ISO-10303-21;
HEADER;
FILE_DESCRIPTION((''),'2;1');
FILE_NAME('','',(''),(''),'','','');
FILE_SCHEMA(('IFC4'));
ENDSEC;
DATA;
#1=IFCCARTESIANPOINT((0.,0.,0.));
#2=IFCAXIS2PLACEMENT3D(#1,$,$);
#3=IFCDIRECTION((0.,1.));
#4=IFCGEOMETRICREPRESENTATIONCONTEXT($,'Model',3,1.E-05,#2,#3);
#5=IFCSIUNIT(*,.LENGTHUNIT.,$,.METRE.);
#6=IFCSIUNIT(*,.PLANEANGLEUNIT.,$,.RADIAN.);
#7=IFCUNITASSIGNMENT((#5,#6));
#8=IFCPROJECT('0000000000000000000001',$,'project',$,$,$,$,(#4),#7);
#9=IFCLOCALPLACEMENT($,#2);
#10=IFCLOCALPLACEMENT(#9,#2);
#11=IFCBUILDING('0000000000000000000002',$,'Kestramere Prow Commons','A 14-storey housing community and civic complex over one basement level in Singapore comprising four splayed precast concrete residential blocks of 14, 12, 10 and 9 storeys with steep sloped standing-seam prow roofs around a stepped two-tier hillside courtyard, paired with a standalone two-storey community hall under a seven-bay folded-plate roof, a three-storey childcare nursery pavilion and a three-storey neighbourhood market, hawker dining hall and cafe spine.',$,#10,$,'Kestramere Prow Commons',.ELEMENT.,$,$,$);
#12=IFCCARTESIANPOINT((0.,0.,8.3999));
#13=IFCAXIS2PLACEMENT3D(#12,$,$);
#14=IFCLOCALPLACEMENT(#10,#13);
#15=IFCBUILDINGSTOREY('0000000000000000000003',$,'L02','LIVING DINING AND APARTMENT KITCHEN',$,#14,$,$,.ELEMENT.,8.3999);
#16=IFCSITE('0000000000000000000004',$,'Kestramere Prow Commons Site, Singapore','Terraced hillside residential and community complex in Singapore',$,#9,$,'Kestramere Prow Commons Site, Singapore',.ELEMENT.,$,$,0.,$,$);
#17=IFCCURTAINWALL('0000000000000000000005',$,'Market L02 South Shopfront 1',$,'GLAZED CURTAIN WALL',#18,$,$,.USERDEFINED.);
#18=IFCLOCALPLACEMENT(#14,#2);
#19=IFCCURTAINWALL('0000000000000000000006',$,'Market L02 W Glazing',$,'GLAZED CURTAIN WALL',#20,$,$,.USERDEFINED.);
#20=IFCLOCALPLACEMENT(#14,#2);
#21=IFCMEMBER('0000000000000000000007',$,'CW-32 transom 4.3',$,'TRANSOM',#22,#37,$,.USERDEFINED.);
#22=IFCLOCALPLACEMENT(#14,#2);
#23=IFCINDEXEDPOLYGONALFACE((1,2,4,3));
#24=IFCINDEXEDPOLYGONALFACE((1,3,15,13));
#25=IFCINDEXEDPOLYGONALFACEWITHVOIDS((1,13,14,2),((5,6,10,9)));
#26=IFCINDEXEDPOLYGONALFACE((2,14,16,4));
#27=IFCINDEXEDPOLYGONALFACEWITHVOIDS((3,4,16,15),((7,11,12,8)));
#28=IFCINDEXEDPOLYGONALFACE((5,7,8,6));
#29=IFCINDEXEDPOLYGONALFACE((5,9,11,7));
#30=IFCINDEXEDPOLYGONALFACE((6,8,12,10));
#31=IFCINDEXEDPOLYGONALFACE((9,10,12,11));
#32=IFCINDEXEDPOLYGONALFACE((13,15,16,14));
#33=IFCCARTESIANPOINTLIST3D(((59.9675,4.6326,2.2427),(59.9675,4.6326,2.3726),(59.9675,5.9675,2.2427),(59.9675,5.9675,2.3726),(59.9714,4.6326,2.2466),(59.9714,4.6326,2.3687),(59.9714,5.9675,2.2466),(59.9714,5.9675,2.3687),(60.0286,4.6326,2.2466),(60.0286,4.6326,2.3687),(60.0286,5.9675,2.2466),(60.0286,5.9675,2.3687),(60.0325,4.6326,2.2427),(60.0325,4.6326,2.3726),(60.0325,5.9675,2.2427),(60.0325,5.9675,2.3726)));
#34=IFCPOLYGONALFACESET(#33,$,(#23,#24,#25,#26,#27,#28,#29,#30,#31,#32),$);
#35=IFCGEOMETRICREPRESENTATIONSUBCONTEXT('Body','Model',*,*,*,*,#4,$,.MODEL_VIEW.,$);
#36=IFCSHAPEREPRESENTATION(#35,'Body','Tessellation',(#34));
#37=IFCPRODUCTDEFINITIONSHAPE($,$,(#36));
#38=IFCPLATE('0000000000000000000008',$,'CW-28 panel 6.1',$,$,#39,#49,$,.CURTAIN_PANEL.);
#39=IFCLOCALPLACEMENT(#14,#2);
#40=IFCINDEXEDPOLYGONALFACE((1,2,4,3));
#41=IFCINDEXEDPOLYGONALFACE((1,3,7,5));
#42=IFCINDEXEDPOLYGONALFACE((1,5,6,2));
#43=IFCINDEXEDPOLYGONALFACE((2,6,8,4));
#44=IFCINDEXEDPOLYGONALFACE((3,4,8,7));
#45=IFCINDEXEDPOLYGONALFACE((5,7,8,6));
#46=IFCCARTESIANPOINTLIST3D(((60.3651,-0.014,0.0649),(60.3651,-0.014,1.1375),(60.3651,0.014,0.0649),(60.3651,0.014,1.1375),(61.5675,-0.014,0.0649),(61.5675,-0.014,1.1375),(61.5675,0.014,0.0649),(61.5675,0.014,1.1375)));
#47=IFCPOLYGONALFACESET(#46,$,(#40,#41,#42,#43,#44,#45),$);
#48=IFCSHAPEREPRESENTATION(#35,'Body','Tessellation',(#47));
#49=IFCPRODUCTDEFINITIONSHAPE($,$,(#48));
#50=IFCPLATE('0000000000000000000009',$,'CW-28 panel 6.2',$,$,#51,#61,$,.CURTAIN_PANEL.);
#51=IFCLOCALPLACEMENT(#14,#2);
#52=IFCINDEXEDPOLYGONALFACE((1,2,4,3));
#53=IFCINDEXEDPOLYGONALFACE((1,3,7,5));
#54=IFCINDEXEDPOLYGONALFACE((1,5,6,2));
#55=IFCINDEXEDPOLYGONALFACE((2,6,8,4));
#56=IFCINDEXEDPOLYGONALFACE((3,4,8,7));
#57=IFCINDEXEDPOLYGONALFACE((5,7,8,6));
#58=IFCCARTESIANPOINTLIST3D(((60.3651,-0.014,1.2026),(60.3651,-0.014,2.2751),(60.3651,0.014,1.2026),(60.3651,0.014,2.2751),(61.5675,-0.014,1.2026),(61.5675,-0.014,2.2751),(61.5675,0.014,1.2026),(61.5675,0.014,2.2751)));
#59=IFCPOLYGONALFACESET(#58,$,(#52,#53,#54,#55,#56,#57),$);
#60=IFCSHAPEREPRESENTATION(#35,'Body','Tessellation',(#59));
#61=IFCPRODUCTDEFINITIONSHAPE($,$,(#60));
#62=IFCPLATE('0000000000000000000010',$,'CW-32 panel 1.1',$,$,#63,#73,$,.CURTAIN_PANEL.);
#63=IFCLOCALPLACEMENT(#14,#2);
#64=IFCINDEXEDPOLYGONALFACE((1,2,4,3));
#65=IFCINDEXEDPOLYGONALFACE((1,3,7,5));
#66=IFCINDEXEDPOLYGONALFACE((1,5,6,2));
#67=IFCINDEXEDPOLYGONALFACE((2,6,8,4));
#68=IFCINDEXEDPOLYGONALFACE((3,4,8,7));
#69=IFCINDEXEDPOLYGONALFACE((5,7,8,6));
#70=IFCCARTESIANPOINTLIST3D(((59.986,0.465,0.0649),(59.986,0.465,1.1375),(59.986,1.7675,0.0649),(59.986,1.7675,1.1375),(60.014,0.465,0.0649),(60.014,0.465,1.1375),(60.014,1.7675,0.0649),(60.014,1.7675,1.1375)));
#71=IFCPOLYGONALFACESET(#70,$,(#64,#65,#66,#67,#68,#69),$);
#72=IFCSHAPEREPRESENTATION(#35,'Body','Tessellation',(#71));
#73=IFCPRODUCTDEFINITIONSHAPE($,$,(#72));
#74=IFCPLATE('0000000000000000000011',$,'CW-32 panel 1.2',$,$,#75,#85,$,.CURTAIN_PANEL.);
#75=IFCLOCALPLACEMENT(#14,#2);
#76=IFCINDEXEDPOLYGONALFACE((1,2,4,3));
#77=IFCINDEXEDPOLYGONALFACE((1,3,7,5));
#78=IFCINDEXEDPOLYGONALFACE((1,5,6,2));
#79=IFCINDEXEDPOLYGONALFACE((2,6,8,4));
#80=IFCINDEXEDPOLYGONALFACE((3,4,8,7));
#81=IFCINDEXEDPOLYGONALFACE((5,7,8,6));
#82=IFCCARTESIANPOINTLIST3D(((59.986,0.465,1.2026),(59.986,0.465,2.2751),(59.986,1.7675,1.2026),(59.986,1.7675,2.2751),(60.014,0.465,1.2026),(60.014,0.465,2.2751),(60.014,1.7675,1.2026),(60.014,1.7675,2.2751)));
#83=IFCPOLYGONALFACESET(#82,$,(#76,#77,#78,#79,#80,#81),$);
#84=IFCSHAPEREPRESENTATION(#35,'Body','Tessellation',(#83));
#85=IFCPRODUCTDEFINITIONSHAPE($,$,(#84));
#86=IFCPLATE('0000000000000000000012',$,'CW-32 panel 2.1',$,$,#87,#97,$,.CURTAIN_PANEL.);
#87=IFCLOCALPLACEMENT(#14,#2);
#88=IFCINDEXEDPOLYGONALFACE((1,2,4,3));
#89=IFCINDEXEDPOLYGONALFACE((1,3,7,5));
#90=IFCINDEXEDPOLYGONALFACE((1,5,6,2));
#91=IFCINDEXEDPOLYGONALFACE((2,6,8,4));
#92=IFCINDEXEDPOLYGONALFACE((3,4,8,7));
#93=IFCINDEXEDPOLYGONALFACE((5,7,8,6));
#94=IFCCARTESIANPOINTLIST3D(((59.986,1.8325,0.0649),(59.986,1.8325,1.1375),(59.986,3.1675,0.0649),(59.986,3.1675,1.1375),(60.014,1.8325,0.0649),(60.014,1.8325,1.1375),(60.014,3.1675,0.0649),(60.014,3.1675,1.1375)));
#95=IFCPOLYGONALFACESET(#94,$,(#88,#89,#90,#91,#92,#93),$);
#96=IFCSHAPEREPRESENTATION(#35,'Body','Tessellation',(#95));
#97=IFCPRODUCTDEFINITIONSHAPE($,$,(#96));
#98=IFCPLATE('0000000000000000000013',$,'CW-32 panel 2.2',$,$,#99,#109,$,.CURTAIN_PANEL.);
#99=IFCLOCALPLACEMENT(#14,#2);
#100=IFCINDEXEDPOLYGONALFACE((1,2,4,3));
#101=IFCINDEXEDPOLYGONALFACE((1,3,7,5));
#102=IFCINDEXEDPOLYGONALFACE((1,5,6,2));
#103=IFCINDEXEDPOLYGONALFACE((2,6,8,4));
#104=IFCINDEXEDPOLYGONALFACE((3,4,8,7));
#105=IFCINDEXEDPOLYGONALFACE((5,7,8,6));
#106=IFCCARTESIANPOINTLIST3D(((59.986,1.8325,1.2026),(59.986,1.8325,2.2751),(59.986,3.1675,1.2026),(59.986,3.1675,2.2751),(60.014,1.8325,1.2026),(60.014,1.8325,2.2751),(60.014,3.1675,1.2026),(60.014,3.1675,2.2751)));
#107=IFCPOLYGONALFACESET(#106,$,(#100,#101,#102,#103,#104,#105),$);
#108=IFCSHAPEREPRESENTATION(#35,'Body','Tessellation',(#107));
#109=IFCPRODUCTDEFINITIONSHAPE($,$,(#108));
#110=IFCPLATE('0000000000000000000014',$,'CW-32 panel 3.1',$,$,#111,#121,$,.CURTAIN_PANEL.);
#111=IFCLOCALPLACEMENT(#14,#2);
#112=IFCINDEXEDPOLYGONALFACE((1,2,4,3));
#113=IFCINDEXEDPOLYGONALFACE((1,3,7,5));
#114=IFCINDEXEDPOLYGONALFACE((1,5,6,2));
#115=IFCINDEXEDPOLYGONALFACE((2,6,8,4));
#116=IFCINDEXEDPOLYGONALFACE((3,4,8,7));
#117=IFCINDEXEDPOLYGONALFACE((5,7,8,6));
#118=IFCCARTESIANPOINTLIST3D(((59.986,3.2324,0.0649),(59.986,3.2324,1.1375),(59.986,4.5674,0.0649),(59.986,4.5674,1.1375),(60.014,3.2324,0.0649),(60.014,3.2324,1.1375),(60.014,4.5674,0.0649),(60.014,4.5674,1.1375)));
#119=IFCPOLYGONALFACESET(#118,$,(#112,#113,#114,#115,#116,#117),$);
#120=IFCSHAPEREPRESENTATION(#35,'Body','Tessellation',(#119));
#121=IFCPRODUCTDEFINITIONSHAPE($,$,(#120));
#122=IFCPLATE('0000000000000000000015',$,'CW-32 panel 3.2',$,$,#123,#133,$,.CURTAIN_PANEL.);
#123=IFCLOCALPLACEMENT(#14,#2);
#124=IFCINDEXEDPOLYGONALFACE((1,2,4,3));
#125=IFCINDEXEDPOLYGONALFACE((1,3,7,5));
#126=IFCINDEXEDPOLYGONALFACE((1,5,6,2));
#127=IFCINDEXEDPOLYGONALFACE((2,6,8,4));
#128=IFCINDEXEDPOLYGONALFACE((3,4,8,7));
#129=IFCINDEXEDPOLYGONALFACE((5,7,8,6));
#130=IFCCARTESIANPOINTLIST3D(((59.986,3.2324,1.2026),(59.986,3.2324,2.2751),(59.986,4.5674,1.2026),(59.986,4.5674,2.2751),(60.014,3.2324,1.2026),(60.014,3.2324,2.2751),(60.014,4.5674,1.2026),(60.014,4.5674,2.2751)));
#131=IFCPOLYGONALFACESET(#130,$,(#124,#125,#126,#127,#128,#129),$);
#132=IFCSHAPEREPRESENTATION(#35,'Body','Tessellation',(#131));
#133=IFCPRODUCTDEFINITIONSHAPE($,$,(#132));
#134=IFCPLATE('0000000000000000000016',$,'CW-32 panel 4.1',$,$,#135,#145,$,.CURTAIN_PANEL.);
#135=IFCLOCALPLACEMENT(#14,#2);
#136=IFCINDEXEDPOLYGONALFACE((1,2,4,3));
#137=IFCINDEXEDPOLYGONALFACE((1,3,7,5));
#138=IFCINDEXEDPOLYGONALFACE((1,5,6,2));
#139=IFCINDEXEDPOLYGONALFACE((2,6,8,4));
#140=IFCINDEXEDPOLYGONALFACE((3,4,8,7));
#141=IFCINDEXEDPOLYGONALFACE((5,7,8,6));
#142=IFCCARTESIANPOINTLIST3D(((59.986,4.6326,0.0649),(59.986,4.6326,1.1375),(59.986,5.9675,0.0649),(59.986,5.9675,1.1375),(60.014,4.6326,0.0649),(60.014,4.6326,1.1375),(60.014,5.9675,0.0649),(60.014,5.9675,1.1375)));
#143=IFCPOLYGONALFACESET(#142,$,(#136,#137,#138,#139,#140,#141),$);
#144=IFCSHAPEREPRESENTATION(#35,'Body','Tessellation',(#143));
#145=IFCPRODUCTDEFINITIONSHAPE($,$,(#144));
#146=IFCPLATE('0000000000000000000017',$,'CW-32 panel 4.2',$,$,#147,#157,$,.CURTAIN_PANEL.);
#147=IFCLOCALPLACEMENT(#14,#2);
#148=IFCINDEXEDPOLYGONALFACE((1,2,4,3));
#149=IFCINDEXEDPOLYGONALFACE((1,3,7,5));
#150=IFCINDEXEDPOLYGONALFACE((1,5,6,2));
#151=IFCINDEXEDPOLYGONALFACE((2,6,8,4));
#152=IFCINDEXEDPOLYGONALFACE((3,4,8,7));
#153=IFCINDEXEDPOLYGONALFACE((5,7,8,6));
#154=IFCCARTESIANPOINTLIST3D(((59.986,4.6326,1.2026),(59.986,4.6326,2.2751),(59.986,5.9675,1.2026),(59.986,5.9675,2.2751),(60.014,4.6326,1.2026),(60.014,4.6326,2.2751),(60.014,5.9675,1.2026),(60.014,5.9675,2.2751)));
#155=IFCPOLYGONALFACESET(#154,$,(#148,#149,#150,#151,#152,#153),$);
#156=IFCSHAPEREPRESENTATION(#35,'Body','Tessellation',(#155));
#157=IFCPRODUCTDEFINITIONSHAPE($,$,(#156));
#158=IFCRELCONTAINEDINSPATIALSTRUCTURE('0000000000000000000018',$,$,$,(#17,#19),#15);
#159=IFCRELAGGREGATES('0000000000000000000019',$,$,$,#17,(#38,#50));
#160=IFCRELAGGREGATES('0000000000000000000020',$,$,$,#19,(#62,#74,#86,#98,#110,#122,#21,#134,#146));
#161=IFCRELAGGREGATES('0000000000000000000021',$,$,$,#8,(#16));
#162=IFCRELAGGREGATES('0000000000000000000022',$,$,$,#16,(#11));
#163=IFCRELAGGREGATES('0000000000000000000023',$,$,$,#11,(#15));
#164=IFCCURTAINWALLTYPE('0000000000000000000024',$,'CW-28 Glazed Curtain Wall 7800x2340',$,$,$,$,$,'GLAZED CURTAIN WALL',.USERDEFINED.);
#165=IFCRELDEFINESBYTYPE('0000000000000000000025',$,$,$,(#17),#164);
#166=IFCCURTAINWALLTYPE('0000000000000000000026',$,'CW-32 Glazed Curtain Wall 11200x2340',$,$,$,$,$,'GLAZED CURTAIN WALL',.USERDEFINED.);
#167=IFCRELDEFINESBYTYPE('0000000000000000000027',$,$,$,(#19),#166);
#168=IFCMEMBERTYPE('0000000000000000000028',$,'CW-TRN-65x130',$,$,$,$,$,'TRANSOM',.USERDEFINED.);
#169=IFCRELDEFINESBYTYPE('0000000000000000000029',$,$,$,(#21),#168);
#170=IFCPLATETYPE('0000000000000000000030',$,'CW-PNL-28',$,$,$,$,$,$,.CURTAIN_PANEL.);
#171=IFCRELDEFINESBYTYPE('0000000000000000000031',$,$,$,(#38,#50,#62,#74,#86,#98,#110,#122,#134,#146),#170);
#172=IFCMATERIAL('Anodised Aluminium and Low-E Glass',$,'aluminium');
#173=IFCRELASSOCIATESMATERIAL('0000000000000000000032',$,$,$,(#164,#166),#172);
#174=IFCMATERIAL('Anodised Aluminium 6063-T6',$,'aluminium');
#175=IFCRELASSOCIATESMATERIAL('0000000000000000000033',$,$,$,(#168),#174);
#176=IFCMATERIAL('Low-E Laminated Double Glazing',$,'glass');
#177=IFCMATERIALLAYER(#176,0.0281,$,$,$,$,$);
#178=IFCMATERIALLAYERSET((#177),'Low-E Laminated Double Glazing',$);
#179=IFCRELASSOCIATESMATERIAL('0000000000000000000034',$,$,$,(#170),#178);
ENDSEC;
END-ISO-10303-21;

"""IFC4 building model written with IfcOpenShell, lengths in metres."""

from ifc_helpers import new_model, si_unit, direction, frame, origin, origin_2d, place, context, subcontext, project, spatial, rectangle, hollow_rectangle, extrude, material, layer, layer_set, material_profile, profile_set, type_object, element, aggregate, save


model = new_model("IFC4")

# Units and contexts
model_context = context("Model", 3, precision=1e-05, world=origin(), true_north=direction((0.0, 1.0)))
body_context = subcontext(model_context, "Body", "Model", "MODEL_VIEW")
ifc_project = project(units=[si_unit("LENGTHUNIT", "METRE"), si_unit("PLANEANGLEUNIT", "RADIAN")], contexts=[model_context])

# Site, building, storey
site_placement = place(None, origin())
site = spatial("IfcSite", under=ifc_project, at=site_placement, Name="Kestramere Prow Commons Site, Singapore", Description="Terraced hillside residential and community complex in Singapore", LongName="Kestramere Prow Commons Site, Singapore", CompositionType="ELEMENT", RefElevation=0.0)
building_placement = place(site_placement, origin())
building = spatial("IfcBuilding", under=site, at=building_placement, Name="Kestramere Prow Commons", Description="A 14-storey housing community and civic complex over one basement level in Singapore comprising four splayed precast concrete residential blocks of 14, 12, 10 and 9 storeys with steep sloped standing-seam prow roofs around a stepped two-tier hillside courtyard, paired with a standalone two-storey community hall under a seven-bay folded-plate roof, a three-storey childcare nursery pavilion and a three-storey neighbourhood market, hawker dining hall and cafe spine.", LongName="Kestramere Prow Commons", CompositionType="ELEMENT")
storey_placement = place(building_placement, frame((0.0, 0.0, 8.3999)))
storey = spatial("IfcBuildingStorey", under=building, at=storey_placement, Name="L02", Description="LIVING DINING AND APARTMENT KITCHEN", CompositionType="ELEMENT", Elevation=8.3999)

# Curtain wall
ifc_material_1 = material(Name="Anodised Aluminium and Low-E Glass", Category="aluminium")
curtain_wall_type_1 = type_object("IfcCurtainWallType", Name="CW-28 Glazed Curtain Wall 7800x2340", ElementType="GLAZED CURTAIN WALL", PredefinedType="USERDEFINED", material=ifc_material_1)
curtain_wall_1_placement = place(storey_placement, origin())
curtain_wall_1 = element("IfcCurtainWall", 1, at=curtain_wall_1_placement, inside=storey, type_object=curtain_wall_type_1, Name="Market L02 South Shopfront 1", ObjectType="GLAZED CURTAIN WALL", PredefinedType="USERDEFINED")
ifc_material_2 = material(Name="Anodised Aluminium 6063-T6", Category="aluminium")

# Curtain wall
curtain_wall_type_2 = type_object("IfcCurtainWallType", Name="CW-32 Glazed Curtain Wall 11200x2340", ElementType="GLAZED CURTAIN WALL", PredefinedType="USERDEFINED", material=ifc_material_1)
curtain_wall_2_placement = place(storey_placement, origin())
curtain_wall_2 = element("IfcCurtainWall", 2, at=curtain_wall_2_placement, inside=storey, type_object=curtain_wall_type_2, Name="Market L02 W Glazing", ObjectType="GLAZED CURTAIN WALL", PredefinedType="USERDEFINED")

# Member
ifc_material_profile_1 = material_profile(ifc_material_2, hollow_rectangle(XDim=0.0649, YDim=0.1299, WallThickness=0.0039, at=origin_2d()), Name="ALU-TRN 65x130")
ifc_profile_set_1 = profile_set([ifc_material_profile_1], Name="Anodised Aluminium 6063-T6")
member_type_1 = type_object("IfcMemberType", Name="CW-TRN-65x130", ElementType="TRANSOM", PredefinedType="USERDEFINED", material=ifc_profile_set_1)
member_1_placement = place(storey_placement, frame((60.0, 4.6326, 2.3076), z_axis=(0.0, 1.0, 0.0), x_axis=(-1.0, 0.0, 0.0)))
member_1 = element("IfcMember", 3, at=member_1_placement, type_object=member_type_1, Name="CW-32 transom 4.3", ObjectType="TRANSOM", PredefinedType="USERDEFINED", context=body_context, shape_type="SweptSolid", body=[
    extrude(hollow_rectangle(XDim=0.0649, YDim=0.1299, WallThickness=0.0039, at=origin_2d()), origin(), (0.0, 0.0, 1.0), 1.335),
])

# Plates
ifc_material_3 = material(Name="Low-E Laminated Double Glazing", Category="glass")
ifc_layer = layer(ifc_material_3, 0.0281)
ifc_layer_set = layer_set([ifc_layer], Name="Low-E Laminated Double Glazing")
plate_type = type_object("IfcPlateType", Name="CW-PNL-28", PredefinedType="CURTAIN_PANEL", material=ifc_layer_set)
plate_1_placement = place(storey_placement, frame((60.9663, 0.0, 0.0649), z_axis=(0.0, 0.0, 1.0), x_axis=(-1.0, 0.0, 0.0)))
plate_1 = element("IfcPlate", 4, at=plate_1_placement, type_object=plate_type, Name="CW-28 panel 6.1", PredefinedType="CURTAIN_PANEL", context=body_context, shape_type="SweptSolid", body=[
    extrude(rectangle(XDim=1.2024, YDim=0.0281, at=origin_2d()), origin(), (0.0, 0.0, 1.0), 1.0725),
])
plate_2_placement = place(storey_placement, frame((60.9663, 0.0, 1.2026), z_axis=(0.0, 0.0, 1.0), x_axis=(-1.0, 0.0, 0.0)))
plate_2 = element("IfcPlate", 5, at=plate_2_placement, type_object=plate_type, Name="CW-28 panel 6.2", PredefinedType="CURTAIN_PANEL", context=body_context, shape_type="SweptSolid", body=[
    extrude(rectangle(XDim=1.2024, YDim=0.0281, at=origin_2d()), origin(), (0.0, 0.0, 1.0), 1.0725),
])
aggregate(curtain_wall_1, [plate_1, plate_2])
plate_3_placement = place(storey_placement, frame((60.0, 1.1162, 0.0649), z_axis=(0.0, 0.0, 1.0), x_axis=(0.0, 1.0, 0.0)))
plate_3 = element("IfcPlate", 6, at=plate_3_placement, type_object=plate_type, Name="CW-32 panel 1.1", PredefinedType="CURTAIN_PANEL", context=body_context, shape_type="SweptSolid", body=[
    extrude(rectangle(XDim=1.3025, YDim=0.0281, at=origin_2d()), origin(), (0.0, 0.0, 1.0), 1.0725),
])
plate_4_placement = place(storey_placement, frame((60.0, 1.1162, 1.2026), z_axis=(0.0, 0.0, 1.0), x_axis=(0.0, 1.0, 0.0)))
plate_4 = element("IfcPlate", 7, at=plate_4_placement, type_object=plate_type, Name="CW-32 panel 1.2", PredefinedType="CURTAIN_PANEL", context=body_context, shape_type="SweptSolid", body=[
    extrude(rectangle(XDim=1.3025, YDim=0.0281, at=origin_2d()), origin(), (0.0, 0.0, 1.0), 1.0725),
])
plate_5_placement = place(storey_placement, frame((60.0, 2.5, 0.0649), z_axis=(0.0, 0.0, 1.0), x_axis=(0.0, 1.0, 0.0)))
plate_5 = element("IfcPlate", 8, at=plate_5_placement, type_object=plate_type, Name="CW-32 panel 2.1", PredefinedType="CURTAIN_PANEL", context=body_context, shape_type="SweptSolid", body=[
    extrude(rectangle(XDim=1.335, YDim=0.0281, at=origin_2d()), origin(), (0.0, 0.0, 1.0), 1.0725),
])
plate_6_placement = place(storey_placement, frame((60.0, 2.5, 1.2026), z_axis=(0.0, 0.0, 1.0), x_axis=(0.0, 1.0, 0.0)))
plate_6 = element("IfcPlate", 9, at=plate_6_placement, type_object=plate_type, Name="CW-32 panel 2.2", PredefinedType="CURTAIN_PANEL", context=body_context, shape_type="SweptSolid", body=[
    extrude(rectangle(XDim=1.335, YDim=0.0281, at=origin_2d()), origin(), (0.0, 0.0, 1.0), 1.0725),
])
plate_7_placement = place(storey_placement, frame((60.0, 3.8999, 0.0649), z_axis=(0.0, 0.0, 1.0), x_axis=(0.0, 1.0, 0.0)))
plate_7 = element("IfcPlate", 10, at=plate_7_placement, type_object=plate_type, Name="CW-32 panel 3.1", PredefinedType="CURTAIN_PANEL", context=body_context, shape_type="SweptSolid", body=[
    extrude(rectangle(XDim=1.335, YDim=0.0281, at=origin_2d()), origin(), (0.0, 0.0, 1.0), 1.0725),
])
plate_8_placement = place(storey_placement, frame((60.0, 3.8999, 1.2026), z_axis=(0.0, 0.0, 1.0), x_axis=(0.0, 1.0, 0.0)))
plate_8 = element("IfcPlate", 11, at=plate_8_placement, type_object=plate_type, Name="CW-32 panel 3.2", PredefinedType="CURTAIN_PANEL", context=body_context, shape_type="SweptSolid", body=[
    extrude(rectangle(XDim=1.335, YDim=0.0281, at=origin_2d()), origin(), (0.0, 0.0, 1.0), 1.0725),
])
plate_9_placement = place(storey_placement, frame((60.0, 5.3, 0.0649), z_axis=(0.0, 0.0, 1.0), x_axis=(0.0, 1.0, 0.0)))
plate_9 = element("IfcPlate", 12, at=plate_9_placement, type_object=plate_type, Name="CW-32 panel 4.1", PredefinedType="CURTAIN_PANEL", context=body_context, shape_type="SweptSolid", body=[
    extrude(rectangle(XDim=1.335, YDim=0.0281, at=origin_2d()), origin(), (0.0, 0.0, 1.0), 1.0725),
])
plate_10_placement = place(storey_placement, frame((60.0, 5.3, 1.2026), z_axis=(0.0, 0.0, 1.0), x_axis=(0.0, 1.0, 0.0)))
plate_10 = element("IfcPlate", 13, at=plate_10_placement, type_object=plate_type, Name="CW-32 panel 4.2", PredefinedType="CURTAIN_PANEL", context=body_context, shape_type="SweptSolid", body=[
    extrude(rectangle(XDim=1.335, YDim=0.0281, at=origin_2d()), origin(), (0.0, 0.0, 1.0), 1.0725),
])
aggregate(curtain_wall_2, [plate_3, plate_4, plate_5, plate_6, plate_7, plate_8, member_1, plate_9, plate_10])

save(model, "model.ifc")
